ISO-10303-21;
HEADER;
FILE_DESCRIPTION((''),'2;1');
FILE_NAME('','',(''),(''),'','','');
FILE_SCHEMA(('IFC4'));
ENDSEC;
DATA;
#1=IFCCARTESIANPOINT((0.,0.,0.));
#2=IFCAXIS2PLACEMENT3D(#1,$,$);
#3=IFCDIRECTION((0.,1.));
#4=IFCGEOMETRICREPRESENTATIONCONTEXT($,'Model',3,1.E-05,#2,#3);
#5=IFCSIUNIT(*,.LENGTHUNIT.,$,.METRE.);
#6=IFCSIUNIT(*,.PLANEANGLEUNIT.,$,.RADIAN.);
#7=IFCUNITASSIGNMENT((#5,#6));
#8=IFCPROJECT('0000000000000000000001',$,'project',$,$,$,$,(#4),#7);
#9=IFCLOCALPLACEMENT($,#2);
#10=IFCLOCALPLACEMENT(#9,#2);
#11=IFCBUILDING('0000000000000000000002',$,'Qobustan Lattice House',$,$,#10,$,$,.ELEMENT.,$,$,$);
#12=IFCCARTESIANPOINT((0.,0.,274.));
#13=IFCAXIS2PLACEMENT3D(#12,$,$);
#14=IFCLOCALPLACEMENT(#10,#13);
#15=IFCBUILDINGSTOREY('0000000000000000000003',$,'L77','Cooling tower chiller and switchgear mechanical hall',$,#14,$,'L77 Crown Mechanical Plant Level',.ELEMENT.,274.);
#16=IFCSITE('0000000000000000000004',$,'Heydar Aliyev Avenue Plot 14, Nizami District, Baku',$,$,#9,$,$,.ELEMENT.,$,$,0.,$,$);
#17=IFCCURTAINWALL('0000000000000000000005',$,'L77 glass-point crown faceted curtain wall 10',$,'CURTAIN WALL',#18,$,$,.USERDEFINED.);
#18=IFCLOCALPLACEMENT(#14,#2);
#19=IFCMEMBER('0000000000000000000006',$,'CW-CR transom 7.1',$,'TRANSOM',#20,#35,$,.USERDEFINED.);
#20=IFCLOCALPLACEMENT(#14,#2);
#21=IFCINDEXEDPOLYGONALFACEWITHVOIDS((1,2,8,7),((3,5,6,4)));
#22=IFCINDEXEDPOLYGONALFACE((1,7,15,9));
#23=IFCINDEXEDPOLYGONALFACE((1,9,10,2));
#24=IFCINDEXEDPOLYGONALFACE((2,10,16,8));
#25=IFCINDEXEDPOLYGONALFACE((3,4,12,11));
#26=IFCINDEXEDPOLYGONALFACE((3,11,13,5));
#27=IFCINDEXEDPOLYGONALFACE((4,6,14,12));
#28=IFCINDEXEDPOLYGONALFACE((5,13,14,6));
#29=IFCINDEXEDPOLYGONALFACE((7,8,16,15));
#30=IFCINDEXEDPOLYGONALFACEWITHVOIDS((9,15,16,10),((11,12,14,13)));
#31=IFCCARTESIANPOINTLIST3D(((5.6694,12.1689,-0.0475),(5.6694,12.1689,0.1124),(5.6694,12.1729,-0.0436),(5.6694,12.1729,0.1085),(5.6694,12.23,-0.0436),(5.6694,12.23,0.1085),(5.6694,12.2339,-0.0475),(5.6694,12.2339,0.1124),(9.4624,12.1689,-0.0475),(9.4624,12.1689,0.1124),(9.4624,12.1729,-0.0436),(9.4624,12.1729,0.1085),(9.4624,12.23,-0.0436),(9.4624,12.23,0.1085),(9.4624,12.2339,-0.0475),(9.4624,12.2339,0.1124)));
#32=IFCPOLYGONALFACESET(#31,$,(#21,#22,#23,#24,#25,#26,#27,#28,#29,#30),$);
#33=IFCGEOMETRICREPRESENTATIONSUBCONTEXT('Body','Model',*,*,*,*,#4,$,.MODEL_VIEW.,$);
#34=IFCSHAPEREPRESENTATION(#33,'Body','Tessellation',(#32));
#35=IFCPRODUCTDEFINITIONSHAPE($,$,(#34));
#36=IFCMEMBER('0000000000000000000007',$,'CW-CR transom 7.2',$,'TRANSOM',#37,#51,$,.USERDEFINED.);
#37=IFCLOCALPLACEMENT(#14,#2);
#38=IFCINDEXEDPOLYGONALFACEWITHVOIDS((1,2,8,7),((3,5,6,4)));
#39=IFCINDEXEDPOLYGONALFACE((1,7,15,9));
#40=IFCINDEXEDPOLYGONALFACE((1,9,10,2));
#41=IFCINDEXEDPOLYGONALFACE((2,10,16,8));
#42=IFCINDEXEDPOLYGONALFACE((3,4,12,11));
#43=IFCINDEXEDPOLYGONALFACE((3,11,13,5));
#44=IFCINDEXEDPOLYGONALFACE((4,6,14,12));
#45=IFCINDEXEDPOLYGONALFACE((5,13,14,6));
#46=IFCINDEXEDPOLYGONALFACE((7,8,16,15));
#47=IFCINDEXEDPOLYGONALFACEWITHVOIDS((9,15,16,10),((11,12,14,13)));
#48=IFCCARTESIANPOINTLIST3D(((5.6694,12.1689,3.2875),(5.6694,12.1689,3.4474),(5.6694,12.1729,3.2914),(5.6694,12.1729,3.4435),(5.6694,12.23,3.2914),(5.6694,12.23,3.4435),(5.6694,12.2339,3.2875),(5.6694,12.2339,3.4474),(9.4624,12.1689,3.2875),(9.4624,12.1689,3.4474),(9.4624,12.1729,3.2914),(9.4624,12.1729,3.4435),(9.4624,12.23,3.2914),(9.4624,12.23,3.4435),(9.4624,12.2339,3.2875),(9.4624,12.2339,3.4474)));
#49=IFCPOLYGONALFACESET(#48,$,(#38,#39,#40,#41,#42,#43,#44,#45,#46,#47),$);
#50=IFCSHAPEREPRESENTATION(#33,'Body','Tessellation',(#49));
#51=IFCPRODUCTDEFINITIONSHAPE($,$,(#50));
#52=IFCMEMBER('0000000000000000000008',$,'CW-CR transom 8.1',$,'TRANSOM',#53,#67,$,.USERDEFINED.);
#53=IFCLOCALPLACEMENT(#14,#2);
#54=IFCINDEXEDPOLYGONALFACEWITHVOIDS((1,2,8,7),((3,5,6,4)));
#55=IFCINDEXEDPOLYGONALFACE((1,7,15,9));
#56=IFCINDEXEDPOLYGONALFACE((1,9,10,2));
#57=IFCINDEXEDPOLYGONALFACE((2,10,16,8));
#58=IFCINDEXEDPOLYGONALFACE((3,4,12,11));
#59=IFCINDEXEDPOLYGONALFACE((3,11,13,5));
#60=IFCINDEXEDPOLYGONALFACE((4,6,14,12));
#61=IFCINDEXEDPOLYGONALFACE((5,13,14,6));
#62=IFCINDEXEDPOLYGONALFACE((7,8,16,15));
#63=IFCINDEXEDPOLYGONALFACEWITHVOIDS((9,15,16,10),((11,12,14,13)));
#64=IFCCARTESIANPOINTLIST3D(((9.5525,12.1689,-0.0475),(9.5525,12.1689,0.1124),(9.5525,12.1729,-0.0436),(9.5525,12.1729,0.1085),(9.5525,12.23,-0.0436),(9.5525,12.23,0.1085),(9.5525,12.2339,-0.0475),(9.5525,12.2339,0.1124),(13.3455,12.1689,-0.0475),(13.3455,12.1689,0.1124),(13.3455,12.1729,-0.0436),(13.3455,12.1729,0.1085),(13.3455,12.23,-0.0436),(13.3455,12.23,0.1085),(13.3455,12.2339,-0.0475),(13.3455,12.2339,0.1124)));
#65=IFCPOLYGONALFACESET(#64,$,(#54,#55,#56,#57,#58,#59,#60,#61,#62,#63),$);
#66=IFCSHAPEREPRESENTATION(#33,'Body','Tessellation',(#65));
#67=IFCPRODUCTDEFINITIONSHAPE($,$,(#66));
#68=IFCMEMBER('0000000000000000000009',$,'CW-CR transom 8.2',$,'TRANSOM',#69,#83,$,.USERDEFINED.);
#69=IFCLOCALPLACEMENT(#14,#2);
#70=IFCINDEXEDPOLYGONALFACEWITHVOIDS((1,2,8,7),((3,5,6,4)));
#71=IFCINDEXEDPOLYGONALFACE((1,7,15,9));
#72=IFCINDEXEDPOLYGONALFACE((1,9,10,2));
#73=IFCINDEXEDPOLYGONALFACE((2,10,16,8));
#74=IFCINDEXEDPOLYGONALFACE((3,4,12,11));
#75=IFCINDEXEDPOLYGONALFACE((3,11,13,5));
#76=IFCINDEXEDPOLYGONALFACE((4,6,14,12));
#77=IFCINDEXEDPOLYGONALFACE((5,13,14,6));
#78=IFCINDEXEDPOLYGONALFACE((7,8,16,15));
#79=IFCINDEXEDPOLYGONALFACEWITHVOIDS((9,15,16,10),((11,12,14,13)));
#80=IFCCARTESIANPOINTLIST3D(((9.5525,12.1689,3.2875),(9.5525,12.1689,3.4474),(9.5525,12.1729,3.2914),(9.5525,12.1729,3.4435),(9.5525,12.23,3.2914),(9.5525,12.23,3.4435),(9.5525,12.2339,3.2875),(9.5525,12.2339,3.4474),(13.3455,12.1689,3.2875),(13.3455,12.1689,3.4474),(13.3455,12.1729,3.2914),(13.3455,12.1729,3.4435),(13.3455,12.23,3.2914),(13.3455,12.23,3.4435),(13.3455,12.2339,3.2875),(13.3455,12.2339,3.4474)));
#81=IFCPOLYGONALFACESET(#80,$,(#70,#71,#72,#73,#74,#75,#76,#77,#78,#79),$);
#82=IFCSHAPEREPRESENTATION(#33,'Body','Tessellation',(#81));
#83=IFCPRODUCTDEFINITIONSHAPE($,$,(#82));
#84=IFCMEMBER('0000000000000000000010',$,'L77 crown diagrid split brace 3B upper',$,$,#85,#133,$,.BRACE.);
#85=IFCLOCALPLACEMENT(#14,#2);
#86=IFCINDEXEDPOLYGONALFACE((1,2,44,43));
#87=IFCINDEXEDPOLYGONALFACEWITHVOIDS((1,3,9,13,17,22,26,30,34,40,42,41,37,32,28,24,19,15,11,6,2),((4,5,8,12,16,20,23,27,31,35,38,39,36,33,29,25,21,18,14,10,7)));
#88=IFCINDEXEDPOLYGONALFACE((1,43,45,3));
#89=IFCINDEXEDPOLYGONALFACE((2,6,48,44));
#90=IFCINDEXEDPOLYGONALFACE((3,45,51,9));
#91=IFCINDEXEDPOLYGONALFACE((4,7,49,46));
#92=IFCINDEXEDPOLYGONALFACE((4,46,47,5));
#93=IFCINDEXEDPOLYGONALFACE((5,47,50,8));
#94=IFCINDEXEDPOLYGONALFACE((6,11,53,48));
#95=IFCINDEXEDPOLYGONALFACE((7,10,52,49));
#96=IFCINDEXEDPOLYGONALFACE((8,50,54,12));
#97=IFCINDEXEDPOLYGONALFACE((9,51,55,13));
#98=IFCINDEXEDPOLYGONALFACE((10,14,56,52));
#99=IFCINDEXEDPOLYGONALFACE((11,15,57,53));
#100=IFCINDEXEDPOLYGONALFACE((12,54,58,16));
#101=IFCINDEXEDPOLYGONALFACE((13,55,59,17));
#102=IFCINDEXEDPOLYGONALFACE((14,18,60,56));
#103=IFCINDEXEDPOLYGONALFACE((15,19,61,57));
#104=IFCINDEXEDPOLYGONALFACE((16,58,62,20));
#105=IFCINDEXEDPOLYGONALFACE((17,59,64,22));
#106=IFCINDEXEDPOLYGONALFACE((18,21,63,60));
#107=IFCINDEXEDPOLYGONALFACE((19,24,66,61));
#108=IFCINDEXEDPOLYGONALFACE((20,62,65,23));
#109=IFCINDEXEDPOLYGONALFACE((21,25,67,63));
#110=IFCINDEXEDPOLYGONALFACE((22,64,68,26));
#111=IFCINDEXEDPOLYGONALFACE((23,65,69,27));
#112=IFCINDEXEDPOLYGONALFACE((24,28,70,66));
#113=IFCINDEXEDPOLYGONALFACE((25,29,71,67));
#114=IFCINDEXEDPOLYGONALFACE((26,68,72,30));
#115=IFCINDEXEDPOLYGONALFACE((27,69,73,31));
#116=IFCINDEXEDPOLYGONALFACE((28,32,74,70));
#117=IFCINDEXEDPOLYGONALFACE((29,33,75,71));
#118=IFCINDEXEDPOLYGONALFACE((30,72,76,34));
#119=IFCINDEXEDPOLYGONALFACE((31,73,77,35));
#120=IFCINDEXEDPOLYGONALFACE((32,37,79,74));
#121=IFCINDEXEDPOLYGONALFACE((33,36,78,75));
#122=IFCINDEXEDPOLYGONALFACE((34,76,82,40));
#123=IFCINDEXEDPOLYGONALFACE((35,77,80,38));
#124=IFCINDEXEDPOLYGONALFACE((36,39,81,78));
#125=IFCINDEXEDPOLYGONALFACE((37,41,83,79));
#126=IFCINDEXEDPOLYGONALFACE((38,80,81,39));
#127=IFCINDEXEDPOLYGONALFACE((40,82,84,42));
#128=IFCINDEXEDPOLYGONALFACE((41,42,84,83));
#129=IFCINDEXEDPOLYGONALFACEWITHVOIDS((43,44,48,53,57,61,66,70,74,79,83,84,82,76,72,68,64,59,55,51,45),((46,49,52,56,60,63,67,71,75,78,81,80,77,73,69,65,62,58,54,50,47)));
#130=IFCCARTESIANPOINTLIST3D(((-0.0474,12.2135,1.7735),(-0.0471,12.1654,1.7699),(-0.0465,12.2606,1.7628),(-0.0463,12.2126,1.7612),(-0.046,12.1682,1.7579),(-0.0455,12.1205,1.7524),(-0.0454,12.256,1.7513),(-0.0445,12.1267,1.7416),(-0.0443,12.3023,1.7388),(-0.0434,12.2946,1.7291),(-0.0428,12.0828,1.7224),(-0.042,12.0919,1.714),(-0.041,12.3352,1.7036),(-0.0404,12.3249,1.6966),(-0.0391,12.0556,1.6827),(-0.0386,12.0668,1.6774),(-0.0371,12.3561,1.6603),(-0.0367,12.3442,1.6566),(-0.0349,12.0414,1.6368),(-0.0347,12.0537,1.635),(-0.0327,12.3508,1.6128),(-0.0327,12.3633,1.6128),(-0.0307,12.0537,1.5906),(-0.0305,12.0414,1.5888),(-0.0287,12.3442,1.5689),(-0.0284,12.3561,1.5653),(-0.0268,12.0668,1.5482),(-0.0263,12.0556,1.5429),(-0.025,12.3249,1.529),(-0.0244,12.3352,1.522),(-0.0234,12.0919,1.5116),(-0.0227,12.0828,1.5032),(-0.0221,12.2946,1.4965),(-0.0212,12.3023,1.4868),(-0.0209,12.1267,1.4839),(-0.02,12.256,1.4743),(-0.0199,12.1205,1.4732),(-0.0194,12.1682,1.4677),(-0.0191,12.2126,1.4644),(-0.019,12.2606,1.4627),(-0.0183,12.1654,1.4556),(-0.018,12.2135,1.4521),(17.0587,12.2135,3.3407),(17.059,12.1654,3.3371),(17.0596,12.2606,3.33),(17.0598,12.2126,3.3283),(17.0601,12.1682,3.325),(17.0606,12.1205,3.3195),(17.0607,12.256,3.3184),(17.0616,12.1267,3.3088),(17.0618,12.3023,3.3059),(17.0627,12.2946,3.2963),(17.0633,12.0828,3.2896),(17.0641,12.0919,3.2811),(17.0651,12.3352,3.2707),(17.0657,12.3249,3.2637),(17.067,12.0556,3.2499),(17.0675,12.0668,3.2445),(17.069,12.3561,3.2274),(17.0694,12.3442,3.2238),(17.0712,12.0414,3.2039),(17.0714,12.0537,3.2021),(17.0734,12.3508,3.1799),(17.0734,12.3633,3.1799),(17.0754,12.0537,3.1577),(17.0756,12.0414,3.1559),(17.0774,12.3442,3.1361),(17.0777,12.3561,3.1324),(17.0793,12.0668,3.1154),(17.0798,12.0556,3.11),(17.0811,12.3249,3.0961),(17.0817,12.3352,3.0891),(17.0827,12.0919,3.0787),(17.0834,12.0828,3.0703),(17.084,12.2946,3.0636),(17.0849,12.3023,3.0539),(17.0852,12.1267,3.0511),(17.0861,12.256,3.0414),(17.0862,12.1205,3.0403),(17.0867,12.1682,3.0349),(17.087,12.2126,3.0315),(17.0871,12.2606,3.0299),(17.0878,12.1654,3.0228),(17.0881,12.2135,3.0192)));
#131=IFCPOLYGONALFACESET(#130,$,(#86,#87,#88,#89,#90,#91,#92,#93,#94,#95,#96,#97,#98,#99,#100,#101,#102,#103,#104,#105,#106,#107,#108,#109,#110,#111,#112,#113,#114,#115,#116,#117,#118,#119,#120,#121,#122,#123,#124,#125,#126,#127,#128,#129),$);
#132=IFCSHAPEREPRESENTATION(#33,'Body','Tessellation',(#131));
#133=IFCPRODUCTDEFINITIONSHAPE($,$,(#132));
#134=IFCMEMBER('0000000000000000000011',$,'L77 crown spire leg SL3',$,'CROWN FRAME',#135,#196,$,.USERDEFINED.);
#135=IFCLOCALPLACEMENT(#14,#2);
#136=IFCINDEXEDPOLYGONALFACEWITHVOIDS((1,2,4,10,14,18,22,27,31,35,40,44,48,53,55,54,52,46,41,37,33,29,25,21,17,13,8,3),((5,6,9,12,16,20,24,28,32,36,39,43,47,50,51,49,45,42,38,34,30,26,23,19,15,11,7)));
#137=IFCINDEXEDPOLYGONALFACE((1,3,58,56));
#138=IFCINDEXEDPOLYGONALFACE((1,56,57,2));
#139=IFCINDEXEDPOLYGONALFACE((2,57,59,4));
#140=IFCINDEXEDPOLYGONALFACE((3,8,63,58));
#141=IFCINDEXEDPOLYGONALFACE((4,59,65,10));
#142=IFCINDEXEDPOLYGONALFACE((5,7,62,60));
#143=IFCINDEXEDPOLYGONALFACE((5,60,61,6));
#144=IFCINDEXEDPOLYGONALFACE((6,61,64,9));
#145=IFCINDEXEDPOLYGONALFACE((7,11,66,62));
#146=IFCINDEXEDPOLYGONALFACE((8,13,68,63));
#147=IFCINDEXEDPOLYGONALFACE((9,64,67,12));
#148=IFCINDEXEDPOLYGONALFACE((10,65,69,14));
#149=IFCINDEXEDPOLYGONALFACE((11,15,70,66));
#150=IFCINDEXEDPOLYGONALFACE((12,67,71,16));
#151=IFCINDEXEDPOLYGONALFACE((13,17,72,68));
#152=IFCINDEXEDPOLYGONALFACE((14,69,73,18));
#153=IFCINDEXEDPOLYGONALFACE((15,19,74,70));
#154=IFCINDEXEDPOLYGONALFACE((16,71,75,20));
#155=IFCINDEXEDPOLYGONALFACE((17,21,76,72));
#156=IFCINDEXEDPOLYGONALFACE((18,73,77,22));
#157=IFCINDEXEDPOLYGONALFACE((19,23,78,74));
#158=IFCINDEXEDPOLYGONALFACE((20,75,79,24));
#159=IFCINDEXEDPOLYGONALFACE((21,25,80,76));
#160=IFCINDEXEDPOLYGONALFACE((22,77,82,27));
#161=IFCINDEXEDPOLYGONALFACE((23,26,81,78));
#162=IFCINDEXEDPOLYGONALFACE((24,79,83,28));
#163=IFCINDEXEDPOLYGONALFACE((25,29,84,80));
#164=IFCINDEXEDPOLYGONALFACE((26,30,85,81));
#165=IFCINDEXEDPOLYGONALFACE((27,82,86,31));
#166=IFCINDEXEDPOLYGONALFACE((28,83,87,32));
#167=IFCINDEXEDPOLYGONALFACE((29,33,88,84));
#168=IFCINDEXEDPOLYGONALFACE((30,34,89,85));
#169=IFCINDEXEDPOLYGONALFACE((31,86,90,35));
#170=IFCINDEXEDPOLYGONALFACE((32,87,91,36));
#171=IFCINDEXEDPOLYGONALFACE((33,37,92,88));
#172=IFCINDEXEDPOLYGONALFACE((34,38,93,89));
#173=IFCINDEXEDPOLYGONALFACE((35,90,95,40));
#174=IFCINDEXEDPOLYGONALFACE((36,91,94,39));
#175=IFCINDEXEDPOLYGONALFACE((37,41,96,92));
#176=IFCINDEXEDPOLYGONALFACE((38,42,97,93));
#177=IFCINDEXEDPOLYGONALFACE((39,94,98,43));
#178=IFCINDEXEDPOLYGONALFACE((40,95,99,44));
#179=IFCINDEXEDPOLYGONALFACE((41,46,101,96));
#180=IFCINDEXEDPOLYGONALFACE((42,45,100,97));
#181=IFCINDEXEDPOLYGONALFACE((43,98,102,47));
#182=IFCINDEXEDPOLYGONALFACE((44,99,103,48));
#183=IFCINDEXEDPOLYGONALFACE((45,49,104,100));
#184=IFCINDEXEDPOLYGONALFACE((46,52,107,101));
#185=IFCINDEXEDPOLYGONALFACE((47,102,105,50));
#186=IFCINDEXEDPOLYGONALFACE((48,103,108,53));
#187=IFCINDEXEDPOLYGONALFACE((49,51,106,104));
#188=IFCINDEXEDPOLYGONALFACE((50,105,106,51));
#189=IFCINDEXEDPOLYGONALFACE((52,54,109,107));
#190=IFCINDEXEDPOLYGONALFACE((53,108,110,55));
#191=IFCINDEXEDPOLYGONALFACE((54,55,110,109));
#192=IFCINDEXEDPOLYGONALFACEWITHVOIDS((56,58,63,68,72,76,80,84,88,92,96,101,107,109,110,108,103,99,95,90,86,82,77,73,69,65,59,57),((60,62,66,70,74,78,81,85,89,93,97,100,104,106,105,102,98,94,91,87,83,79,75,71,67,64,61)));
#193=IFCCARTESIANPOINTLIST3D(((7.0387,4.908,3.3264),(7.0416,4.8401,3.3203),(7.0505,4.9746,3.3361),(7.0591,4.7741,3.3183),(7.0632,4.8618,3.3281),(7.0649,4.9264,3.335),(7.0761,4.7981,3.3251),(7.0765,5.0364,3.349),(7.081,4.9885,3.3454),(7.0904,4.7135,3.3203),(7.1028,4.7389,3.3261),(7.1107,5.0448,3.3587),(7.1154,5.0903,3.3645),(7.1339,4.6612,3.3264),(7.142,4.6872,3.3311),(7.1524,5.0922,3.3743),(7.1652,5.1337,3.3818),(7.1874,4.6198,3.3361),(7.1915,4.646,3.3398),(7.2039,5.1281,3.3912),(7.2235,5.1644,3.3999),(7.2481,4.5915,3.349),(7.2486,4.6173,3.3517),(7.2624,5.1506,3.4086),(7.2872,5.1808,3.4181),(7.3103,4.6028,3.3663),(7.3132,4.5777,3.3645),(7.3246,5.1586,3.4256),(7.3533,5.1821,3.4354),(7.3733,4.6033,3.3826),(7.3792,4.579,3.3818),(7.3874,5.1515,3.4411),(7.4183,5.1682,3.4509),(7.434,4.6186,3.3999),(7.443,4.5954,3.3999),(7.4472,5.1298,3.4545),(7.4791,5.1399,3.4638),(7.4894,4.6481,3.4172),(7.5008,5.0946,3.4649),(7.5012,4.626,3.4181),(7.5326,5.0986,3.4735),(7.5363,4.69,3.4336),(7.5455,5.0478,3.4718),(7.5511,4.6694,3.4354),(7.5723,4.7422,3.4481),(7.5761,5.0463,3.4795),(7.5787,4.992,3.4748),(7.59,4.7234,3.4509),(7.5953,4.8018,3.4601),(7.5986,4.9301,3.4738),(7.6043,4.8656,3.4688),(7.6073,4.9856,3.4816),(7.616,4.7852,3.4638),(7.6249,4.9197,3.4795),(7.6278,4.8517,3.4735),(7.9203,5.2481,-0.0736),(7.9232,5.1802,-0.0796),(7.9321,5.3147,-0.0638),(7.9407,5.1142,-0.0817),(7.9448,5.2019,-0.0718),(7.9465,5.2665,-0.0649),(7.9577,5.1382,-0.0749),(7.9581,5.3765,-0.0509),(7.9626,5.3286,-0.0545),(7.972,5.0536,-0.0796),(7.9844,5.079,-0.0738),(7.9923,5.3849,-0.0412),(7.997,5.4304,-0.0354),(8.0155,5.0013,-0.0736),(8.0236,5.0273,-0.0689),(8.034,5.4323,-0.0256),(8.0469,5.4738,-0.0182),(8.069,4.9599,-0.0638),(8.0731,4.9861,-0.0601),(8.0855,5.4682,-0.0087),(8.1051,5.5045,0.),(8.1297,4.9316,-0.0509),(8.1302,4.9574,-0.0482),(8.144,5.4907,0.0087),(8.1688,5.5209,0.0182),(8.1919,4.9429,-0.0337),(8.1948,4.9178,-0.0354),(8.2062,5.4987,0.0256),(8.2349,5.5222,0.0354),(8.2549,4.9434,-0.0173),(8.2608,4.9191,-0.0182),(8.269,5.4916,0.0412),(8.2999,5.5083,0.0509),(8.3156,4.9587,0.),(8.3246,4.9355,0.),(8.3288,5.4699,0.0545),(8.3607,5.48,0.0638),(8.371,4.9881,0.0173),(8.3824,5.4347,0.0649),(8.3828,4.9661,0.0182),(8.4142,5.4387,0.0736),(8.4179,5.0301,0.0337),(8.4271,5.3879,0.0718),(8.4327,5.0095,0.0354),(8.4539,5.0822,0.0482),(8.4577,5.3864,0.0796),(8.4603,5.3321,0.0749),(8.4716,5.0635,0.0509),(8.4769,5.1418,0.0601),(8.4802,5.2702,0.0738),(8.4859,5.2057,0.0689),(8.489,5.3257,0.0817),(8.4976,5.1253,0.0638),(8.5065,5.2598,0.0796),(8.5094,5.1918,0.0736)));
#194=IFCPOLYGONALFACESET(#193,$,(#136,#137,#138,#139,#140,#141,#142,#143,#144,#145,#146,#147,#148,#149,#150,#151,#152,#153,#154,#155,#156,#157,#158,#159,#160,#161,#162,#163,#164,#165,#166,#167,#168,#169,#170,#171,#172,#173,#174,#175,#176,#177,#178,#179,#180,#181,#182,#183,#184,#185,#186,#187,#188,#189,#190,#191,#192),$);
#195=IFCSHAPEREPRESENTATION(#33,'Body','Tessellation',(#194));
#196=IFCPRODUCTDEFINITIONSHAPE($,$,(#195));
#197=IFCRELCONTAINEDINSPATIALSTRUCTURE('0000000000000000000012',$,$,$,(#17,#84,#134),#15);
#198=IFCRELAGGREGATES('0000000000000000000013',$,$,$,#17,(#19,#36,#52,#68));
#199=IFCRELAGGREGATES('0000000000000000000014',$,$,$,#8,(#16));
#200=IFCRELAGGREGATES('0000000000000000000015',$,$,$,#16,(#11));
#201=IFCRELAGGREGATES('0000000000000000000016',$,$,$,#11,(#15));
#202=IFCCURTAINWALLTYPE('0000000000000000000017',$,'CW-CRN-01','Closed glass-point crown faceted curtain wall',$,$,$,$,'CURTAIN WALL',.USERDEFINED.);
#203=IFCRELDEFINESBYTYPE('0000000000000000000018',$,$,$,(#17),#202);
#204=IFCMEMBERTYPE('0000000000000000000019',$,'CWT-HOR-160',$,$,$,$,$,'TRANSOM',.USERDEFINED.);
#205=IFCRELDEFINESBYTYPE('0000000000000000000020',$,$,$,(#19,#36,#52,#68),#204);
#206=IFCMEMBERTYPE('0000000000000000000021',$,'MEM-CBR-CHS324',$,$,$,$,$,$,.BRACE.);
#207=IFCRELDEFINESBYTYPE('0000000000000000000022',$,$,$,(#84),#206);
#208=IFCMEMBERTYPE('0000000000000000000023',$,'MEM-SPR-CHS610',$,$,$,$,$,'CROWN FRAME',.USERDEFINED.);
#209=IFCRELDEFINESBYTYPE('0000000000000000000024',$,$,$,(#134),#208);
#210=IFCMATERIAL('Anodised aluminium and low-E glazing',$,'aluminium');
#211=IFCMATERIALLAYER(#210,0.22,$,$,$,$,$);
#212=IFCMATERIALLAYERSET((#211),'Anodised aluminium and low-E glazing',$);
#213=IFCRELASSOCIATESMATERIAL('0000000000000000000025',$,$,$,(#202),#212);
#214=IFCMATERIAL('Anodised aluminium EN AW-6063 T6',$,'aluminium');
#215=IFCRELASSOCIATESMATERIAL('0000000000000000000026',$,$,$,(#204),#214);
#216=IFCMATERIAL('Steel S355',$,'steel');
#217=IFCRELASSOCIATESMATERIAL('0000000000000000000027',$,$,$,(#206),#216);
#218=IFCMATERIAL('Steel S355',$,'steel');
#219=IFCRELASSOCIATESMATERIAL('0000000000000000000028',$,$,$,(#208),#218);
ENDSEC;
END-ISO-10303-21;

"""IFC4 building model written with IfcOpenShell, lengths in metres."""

from ifc_helpers import new_model, si_unit, direction, frame, origin, origin_2d, place, context, subcontext, project, spatial, hollow_rectangle, hollow_circle, extrude, material, layer, layer_set, material_profile, profile_set, type_object, element, aggregate, save


model = new_model("IFC4")

# Units and contexts
model_context = context("Model", 3, precision=1e-05, world=origin(), true_north=direction((0.0, 1.0)))
body_context = subcontext(model_context, "Body", "Model", "MODEL_VIEW")
ifc_project = project(units=[si_unit("LENGTHUNIT", "METRE"), si_unit("PLANEANGLEUNIT", "RADIAN")], contexts=[model_context])

# Site, building, storey
site_placement = place(None, origin())
site = spatial("IfcSite", under=ifc_project, at=site_placement, Name="Heydar Aliyev Avenue Plot 14, Nizami District, Baku", CompositionType="ELEMENT", RefElevation=0.0)
building_placement = place(site_placement, origin())
building = spatial("IfcBuilding", under=site, at=building_placement, Name="Qobustan Lattice House", CompositionType="ELEMENT")
storey_placement = place(building_placement, frame((0.0, 0.0, 274.0)))
storey = spatial("IfcBuildingStorey", under=building, at=storey_placement, Name="L77", Description="Cooling tower chiller and switchgear mechanical hall", LongName="L77 Crown Mechanical Plant Level", CompositionType="ELEMENT", Elevation=274.0)

# Curtain wall, members
ifc_material_1 = material(Name="Anodised aluminium and low-E glazing", Category="aluminium")
ifc_layer_1 = layer(ifc_material_1, 0.22)
ifc_layer_set_1 = layer_set([ifc_layer_1], Name="Anodised aluminium and low-E glazing")
curtain_wall_type = type_object("IfcCurtainWallType", Name="CW-CRN-01", Description="Closed glass-point crown faceted curtain wall", ElementType="CURTAIN WALL", PredefinedType="USERDEFINED", material=ifc_layer_set_1)
curtain_wall_placement = place(storey_placement, origin())
curtain_wall = element("IfcCurtainWall", 1, at=curtain_wall_placement, inside=storey, type_object=curtain_wall_type, Name="L77 glass-point crown faceted curtain wall 10", ObjectType="CURTAIN WALL", PredefinedType="USERDEFINED")
ifc_material_2 = material(Name="Anodised aluminium EN AW-6063 T6", Category="aluminium")
ifc_material_profile_1 = material_profile(ifc_material_2, hollow_rectangle(XDim=0.0649, YDim=0.1599, WallThickness=0.0039, at=origin_2d()), Name="CWT-160x65")
ifc_profile_set_1 = profile_set([ifc_material_profile_1], Name="Anodised aluminium EN AW-6063 T6")
member_type_1 = type_object("IfcMemberType", Name="CWT-HOR-160", ElementType="TRANSOM", PredefinedType="USERDEFINED", material=ifc_profile_set_1)
member_1_placement = place(storey_placement, frame((5.6694, 12.2014, 0.0325), z_axis=(1.0, 0.0, 0.0), x_axis=(0.0, 1.0, 0.0)))
member_1 = element("IfcMember", 2, at=member_1_placement, type_object=member_type_1, Name="CW-CR transom 7.1", ObjectType="TRANSOM", PredefinedType="USERDEFINED", context=body_context, shape_type="SweptSolid", body=[
    extrude(hollow_rectangle(XDim=0.0649, YDim=0.1599, WallThickness=0.0039, at=origin_2d()), origin(), (0.0, 0.0, 1.0), 3.793),
])
member_2_placement = place(storey_placement, frame((5.6694, 12.2014, 3.3674), z_axis=(1.0, 0.0, 0.0), x_axis=(0.0, 1.0, 0.0)))
member_2 = element("IfcMember", 3, at=member_2_placement, type_object=member_type_1, Name="CW-CR transom 7.2", ObjectType="TRANSOM", PredefinedType="USERDEFINED", context=body_context, shape_type="SweptSolid", body=[
    extrude(hollow_rectangle(XDim=0.0649, YDim=0.1599, WallThickness=0.0039, at=origin_2d()), origin(), (0.0, 0.0, 1.0), 3.793),
])
member_3_placement = place(storey_placement, frame((9.5525, 12.2014, 0.0325), z_axis=(1.0, 0.0, 0.0), x_axis=(0.0, 1.0, 0.0)))
member_3 = element("IfcMember", 4, at=member_3_placement, type_object=member_type_1, Name="CW-CR transom 8.1", ObjectType="TRANSOM", PredefinedType="USERDEFINED", context=body_context, shape_type="SweptSolid", body=[
    extrude(hollow_rectangle(XDim=0.0649, YDim=0.1599, WallThickness=0.0039, at=origin_2d()), origin(), (0.0, 0.0, 1.0), 3.793),
])
member_4_placement = place(storey_placement, frame((9.5525, 12.2014, 3.3674), z_axis=(1.0, 0.0, 0.0), x_axis=(0.0, 1.0, 0.0)))
member_4 = element("IfcMember", 5, at=member_4_placement, type_object=member_type_1, Name="CW-CR transom 8.2", ObjectType="TRANSOM", PredefinedType="USERDEFINED", context=body_context, shape_type="SweptSolid", body=[
    extrude(hollow_rectangle(XDim=0.0649, YDim=0.1599, WallThickness=0.0039, at=origin_2d()), origin(), (0.0, 0.0, 1.0), 3.793),
])

# Members
ifc_material_3 = material(Name="Steel S355", Category="steel")
ifc_material_profile_2 = material_profile(ifc_material_3, hollow_circle(Radius=0.1619, WallThickness=0.0125, at=origin_2d()), Name="CHS323.9x12.5")
ifc_profile_set_2 = profile_set([ifc_material_profile_2], Name="Steel S355")
member_type_2 = type_object("IfcMemberType", Name="MEM-CBR-CHS324", PredefinedType="BRACE", material=ifc_profile_set_2)
member_5_placement = place(storey_placement, frame((-0.0327, 12.2014, 1.6128), z_axis=(0.99583, 0.0, 0.09123), x_axis=(0.0, 1.0, 0.0)))
element("IfcMember", 6, at=member_5_placement, inside=storey, type_object=member_type_2, Name="L77 crown diagrid split brace 3B upper", PredefinedType="BRACE", context=body_context, shape_type="SweptSolid", body=[
    extrude(hollow_circle(Radius=0.1619, WallThickness=0.0125, at=origin_2d()), origin(), (0.0, 0.0, 1.0), 17.1777),
])
ifc_material_4 = material(Name="Steel S355", Category="steel")
ifc_material_profile_3 = material_profile(ifc_material_4, hollow_circle(Radius=0.3049, WallThickness=0.0249, at=origin_2d()), Name="CHS610x25")
ifc_profile_set_3 = profile_set([ifc_material_profile_3], Name="Steel S355")
member_type_3 = type_object("IfcMemberType", Name="MEM-SPR-CHS610", ElementType="CROWN FRAME", PredefinedType="USERDEFINED", material=ifc_profile_set_3)
member_6_placement = place(storey_placement, frame((8.2148, 5.22, 0.0), z_axis=(-0.24983, -0.096376, 0.963482), x_axis=(0.359914, -0.932986, 0.0)))
element("IfcMember", 7, at=member_6_placement, inside=storey, type_object=member_type_3, Name="L77 crown spire leg SL3", ObjectType="CROWN FRAME", PredefinedType="USERDEFINED", context=body_context, shape_type="SweptSolid", body=[
    extrude(hollow_circle(Radius=0.3049, WallThickness=0.0249, at=origin_2d()), origin(), (0.0, 0.0, 1.0), 3.5288),
])

aggregate(curtain_wall, [member_1, member_2, member_3, member_4])

save(model, "model.ifc")
